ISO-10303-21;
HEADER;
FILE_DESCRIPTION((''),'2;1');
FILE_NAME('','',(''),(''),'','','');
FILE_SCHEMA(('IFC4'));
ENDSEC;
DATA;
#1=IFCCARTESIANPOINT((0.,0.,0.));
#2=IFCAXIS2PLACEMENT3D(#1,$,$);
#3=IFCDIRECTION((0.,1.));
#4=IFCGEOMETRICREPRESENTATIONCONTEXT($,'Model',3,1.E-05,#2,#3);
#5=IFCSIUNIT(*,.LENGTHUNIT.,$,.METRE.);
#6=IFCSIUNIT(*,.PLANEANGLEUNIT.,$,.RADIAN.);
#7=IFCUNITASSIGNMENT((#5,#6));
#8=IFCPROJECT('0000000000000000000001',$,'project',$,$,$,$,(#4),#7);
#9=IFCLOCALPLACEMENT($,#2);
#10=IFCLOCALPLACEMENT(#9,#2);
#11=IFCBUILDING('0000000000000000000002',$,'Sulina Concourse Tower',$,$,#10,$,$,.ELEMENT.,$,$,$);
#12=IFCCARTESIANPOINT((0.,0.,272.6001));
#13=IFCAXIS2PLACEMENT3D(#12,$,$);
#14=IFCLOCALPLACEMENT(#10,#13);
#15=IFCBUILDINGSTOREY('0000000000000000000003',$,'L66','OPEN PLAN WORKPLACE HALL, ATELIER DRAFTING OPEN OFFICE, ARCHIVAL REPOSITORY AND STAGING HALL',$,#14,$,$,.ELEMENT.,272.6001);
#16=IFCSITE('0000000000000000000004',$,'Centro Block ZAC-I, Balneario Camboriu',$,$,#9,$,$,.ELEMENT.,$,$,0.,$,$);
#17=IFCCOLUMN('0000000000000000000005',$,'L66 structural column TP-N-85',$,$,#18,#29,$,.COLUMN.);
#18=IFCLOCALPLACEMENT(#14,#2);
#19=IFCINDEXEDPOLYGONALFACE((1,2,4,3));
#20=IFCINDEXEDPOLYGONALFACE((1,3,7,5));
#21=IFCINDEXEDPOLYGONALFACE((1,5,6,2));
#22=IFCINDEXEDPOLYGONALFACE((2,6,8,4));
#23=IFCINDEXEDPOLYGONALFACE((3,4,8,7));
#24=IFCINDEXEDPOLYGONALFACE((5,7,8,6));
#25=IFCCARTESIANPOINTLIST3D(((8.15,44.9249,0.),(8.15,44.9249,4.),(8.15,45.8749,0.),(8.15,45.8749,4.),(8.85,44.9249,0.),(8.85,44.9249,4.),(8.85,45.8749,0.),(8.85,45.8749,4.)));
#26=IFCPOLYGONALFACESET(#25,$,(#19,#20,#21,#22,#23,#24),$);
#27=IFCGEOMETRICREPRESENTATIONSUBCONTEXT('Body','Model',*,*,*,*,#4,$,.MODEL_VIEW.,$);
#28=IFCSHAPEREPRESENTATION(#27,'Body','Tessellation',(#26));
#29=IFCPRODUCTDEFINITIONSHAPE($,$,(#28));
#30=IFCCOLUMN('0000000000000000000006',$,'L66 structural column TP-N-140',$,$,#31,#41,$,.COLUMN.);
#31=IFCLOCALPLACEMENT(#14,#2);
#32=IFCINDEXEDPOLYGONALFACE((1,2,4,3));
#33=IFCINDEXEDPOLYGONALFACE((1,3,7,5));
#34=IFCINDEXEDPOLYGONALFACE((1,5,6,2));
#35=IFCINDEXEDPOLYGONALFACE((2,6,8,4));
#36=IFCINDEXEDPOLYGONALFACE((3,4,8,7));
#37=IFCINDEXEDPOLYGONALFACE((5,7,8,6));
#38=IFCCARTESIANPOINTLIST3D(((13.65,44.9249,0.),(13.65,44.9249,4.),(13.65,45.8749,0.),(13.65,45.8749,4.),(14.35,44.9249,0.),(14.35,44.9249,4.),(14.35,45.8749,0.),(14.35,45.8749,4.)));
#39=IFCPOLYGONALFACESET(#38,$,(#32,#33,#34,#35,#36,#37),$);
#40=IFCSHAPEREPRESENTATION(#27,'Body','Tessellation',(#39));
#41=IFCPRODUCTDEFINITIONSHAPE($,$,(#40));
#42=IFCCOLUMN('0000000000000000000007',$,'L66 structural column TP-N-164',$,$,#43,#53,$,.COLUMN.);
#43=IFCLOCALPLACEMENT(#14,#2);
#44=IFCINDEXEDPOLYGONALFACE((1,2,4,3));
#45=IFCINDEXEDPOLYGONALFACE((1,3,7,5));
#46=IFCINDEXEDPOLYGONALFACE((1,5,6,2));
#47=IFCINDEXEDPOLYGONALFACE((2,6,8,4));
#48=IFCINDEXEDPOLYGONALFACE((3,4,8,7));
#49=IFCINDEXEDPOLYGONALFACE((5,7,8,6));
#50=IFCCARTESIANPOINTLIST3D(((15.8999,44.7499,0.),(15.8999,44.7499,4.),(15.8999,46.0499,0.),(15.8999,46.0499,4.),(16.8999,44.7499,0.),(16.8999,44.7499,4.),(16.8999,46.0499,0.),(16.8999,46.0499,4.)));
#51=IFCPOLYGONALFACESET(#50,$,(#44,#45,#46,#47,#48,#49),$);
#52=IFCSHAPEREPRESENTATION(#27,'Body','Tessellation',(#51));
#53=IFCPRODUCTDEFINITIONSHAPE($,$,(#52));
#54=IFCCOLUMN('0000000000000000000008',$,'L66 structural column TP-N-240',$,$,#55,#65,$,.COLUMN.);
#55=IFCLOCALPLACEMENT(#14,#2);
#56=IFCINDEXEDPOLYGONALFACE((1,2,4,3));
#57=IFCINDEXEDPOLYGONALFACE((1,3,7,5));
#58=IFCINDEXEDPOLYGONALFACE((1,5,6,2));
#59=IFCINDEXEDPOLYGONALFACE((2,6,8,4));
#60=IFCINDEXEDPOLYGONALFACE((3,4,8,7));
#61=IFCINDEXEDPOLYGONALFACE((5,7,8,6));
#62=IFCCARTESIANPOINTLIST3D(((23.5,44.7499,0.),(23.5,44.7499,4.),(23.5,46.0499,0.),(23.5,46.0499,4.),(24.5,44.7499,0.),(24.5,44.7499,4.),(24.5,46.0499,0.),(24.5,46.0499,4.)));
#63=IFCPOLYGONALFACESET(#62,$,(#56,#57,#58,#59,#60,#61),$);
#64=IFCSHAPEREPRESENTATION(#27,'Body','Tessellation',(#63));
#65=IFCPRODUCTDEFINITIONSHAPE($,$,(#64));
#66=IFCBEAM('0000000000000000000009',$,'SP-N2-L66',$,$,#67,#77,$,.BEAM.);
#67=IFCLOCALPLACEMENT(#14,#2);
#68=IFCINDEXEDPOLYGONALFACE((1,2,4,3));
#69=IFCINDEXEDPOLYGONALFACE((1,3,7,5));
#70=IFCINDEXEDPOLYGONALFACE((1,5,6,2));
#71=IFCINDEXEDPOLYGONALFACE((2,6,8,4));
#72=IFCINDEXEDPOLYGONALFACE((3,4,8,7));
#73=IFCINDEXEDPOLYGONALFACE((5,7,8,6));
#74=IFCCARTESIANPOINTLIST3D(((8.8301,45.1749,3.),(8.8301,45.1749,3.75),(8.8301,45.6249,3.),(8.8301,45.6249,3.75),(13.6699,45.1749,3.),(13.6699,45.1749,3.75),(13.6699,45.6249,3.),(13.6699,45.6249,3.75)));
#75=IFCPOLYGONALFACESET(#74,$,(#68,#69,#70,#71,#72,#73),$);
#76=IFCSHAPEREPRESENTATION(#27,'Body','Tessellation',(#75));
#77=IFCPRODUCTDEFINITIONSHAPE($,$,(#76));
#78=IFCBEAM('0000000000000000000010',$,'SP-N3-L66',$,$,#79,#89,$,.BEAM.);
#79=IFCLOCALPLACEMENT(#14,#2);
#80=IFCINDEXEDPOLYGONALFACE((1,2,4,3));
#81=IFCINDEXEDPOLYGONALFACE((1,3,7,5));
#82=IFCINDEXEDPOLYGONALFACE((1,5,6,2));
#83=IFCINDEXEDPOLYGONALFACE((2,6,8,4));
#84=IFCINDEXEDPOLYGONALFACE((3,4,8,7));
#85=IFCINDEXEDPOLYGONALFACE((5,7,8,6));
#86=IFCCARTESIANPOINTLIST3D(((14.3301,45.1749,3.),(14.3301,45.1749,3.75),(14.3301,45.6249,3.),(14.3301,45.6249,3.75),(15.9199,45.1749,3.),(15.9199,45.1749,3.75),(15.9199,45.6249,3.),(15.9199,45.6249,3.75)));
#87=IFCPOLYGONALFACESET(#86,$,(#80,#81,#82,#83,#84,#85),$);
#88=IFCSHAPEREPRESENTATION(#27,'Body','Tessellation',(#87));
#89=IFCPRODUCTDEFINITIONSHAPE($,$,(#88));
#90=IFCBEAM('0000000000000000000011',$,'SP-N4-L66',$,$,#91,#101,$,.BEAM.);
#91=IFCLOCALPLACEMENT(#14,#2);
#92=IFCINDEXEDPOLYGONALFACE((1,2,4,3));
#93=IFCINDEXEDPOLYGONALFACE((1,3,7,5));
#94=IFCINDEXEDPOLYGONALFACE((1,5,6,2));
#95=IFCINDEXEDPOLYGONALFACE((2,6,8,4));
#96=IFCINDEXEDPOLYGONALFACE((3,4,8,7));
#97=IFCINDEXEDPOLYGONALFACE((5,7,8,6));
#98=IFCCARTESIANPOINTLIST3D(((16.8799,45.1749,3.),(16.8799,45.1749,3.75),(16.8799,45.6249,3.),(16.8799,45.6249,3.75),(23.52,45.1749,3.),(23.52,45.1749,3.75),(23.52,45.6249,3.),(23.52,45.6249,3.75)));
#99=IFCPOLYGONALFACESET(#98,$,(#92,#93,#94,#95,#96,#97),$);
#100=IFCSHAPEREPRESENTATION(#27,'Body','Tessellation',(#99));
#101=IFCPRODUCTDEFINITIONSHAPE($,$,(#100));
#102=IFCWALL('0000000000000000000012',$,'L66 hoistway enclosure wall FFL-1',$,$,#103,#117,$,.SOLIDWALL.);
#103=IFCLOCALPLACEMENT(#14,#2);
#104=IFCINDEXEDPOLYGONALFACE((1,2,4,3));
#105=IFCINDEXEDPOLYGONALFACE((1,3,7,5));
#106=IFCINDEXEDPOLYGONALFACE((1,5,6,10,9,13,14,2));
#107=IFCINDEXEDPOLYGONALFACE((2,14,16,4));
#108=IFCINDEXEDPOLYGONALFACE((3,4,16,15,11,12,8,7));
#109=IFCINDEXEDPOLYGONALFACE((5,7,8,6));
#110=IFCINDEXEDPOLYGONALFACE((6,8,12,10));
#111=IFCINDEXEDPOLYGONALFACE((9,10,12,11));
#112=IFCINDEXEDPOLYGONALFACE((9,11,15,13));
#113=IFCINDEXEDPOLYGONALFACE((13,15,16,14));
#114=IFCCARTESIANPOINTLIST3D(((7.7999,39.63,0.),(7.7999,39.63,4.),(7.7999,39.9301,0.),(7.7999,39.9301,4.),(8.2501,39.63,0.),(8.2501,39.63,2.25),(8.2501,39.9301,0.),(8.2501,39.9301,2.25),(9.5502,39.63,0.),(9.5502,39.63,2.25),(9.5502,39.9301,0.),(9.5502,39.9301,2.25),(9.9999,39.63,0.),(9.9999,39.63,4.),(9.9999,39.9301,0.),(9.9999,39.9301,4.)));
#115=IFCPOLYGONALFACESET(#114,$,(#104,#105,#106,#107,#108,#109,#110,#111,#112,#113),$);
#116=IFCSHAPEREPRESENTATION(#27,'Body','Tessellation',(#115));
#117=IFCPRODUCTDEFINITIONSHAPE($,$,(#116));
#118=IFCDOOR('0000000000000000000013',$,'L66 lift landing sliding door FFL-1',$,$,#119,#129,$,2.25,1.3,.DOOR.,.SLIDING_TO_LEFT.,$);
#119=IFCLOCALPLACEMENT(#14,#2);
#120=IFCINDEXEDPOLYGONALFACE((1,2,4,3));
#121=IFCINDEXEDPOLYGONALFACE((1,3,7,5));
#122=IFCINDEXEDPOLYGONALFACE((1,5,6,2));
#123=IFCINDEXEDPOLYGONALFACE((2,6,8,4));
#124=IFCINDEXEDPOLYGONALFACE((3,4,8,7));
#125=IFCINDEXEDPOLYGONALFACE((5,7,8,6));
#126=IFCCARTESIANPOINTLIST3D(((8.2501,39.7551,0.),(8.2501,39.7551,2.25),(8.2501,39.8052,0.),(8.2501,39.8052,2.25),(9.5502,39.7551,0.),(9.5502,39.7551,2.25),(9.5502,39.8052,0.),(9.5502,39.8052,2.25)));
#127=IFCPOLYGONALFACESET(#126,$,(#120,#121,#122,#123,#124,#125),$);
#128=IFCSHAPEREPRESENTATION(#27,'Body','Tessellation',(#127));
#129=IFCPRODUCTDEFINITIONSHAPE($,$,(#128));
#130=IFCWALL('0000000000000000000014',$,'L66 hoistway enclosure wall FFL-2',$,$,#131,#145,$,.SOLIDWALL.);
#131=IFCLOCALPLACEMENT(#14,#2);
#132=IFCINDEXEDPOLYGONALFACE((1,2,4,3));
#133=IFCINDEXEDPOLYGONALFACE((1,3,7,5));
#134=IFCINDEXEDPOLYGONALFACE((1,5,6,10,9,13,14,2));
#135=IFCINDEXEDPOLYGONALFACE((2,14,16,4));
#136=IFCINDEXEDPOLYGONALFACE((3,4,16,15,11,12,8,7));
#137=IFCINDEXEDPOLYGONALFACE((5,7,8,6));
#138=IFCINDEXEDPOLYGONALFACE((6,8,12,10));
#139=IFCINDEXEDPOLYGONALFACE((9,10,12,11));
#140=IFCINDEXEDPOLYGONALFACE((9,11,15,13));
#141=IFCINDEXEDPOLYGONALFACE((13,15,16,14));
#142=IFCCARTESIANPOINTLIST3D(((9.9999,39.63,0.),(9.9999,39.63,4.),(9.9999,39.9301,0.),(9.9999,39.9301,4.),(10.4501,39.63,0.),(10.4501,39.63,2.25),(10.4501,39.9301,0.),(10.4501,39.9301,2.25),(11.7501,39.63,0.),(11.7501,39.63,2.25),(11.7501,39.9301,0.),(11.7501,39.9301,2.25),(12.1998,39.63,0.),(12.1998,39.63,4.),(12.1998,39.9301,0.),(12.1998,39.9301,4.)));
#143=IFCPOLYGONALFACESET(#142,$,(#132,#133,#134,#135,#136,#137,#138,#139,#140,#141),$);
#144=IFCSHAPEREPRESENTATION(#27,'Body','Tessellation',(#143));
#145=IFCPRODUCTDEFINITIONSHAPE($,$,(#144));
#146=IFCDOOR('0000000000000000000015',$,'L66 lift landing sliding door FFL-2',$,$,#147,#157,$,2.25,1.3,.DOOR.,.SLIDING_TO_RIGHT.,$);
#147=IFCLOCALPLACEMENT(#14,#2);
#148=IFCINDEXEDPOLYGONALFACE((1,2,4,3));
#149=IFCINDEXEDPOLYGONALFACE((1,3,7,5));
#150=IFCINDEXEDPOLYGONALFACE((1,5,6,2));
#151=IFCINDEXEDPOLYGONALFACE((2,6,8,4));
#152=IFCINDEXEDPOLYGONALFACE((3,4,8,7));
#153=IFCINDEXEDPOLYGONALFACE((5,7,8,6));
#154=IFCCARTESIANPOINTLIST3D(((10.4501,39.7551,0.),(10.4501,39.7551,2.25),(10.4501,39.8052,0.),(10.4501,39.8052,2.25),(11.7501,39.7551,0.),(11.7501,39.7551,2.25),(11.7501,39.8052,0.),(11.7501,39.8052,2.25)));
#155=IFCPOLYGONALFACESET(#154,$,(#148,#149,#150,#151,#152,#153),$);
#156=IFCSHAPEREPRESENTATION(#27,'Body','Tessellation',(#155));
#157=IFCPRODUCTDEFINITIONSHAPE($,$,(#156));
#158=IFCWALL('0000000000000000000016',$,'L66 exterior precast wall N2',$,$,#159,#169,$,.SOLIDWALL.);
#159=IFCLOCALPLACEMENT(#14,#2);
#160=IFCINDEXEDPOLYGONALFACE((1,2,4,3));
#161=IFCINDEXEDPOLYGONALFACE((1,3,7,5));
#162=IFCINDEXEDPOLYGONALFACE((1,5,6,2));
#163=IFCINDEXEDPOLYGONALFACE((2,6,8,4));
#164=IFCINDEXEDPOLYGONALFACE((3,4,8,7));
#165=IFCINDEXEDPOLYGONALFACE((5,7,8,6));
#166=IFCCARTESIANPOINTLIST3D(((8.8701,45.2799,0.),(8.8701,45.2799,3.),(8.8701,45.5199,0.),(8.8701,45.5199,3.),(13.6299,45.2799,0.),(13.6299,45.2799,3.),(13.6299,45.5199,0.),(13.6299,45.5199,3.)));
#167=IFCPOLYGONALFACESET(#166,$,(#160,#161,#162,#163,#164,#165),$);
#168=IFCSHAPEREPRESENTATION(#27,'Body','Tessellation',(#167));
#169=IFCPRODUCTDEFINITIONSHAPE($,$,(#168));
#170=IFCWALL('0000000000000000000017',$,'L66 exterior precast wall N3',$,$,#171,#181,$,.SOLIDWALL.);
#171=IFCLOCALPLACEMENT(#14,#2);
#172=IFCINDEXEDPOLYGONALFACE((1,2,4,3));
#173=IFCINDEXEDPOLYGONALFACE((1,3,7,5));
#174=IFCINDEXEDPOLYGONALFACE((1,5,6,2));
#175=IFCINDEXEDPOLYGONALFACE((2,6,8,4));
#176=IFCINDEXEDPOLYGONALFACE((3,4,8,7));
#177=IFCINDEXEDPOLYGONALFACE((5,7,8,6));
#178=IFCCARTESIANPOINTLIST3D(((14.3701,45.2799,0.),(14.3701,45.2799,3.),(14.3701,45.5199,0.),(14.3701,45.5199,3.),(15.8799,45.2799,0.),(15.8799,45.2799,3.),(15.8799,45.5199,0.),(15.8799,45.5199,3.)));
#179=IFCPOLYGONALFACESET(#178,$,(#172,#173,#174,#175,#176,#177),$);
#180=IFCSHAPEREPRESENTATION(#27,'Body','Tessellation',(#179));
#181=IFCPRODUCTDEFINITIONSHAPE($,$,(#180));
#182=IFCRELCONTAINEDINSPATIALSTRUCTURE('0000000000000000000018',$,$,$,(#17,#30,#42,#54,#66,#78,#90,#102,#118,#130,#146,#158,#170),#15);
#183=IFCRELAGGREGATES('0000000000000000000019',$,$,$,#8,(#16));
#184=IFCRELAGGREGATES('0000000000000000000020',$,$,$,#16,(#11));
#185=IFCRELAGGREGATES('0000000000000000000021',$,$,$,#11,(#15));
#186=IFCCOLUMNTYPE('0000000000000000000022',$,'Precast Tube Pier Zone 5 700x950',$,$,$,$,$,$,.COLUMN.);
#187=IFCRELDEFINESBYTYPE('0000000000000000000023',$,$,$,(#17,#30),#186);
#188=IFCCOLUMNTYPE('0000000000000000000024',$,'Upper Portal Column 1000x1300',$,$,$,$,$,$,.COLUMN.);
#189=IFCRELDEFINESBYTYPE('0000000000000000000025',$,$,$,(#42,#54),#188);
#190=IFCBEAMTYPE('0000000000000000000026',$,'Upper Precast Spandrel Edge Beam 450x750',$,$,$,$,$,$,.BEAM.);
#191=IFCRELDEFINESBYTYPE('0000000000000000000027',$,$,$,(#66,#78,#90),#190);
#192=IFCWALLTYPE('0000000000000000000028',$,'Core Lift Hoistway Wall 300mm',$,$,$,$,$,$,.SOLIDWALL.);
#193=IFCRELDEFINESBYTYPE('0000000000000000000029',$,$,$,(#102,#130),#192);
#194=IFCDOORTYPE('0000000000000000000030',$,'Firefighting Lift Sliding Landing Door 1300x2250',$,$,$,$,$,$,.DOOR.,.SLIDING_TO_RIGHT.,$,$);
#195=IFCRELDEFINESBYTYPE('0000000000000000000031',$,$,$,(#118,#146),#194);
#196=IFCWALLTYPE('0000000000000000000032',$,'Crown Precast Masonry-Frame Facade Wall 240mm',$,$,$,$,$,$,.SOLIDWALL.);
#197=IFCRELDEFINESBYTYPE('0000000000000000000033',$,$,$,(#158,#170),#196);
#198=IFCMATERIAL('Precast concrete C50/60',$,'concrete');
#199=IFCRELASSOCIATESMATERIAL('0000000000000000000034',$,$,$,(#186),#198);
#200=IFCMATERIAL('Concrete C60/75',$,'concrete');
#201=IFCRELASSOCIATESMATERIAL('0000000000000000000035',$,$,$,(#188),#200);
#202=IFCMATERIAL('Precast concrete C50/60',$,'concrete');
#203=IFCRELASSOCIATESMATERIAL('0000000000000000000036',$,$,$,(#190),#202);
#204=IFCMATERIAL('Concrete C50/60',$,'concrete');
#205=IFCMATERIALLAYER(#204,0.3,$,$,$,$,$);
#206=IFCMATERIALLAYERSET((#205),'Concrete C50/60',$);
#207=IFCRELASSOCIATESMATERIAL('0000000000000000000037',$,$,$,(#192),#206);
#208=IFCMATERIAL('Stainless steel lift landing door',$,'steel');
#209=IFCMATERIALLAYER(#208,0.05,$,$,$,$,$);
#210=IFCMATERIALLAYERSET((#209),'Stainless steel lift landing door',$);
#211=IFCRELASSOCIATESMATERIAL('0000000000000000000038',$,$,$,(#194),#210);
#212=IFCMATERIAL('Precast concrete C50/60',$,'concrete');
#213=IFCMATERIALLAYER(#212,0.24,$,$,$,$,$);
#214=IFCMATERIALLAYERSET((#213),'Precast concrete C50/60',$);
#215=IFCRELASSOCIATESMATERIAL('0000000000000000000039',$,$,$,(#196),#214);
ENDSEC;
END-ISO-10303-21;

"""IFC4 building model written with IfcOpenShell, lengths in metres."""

from ifc_helpers import new_model, si_unit, direction, frame, frame_2d, origin, origin_2d, place, context, subcontext, project, spatial, rectangle, extrude, material, layer, layer_set, material_profile, profile_set, type_object, element, fill, save


model = new_model("IFC4")

# Units and contexts
model_context = context("Model", 3, precision=1e-05, world=origin(), true_north=direction((0.0, 1.0)))
body_context = subcontext(model_context, "Body", "Model", "MODEL_VIEW")
ifc_project = project(units=[si_unit("LENGTHUNIT", "METRE"), si_unit("PLANEANGLEUNIT", "RADIAN")], contexts=[model_context])

# Site, building, storey
site_placement = place(None, origin())
site = spatial("IfcSite", under=ifc_project, at=site_placement, Name="Centro Block ZAC-I, Balneario Camboriu", CompositionType="ELEMENT", RefElevation=0.0)
building_placement = place(site_placement, origin())
building = spatial("IfcBuilding", under=site, at=building_placement, Name="Sulina Concourse Tower", CompositionType="ELEMENT")
storey_placement = place(building_placement, frame((0.0, 0.0, 272.6001)))
storey = spatial("IfcBuildingStorey", under=building, at=storey_placement, Name="L66", Description="OPEN PLAN WORKPLACE HALL, ATELIER DRAFTING OPEN OFFICE, ARCHIVAL REPOSITORY AND STAGING HALL", CompositionType="ELEMENT", Elevation=272.6001)

# Columns
ifc_material_1 = material(Name="Precast concrete C50/60", Category="concrete")
ifc_material_profile_1 = material_profile(ifc_material_1, rectangle(XDim=0.7, YDim=0.95, at=origin_2d()), Name="PC 700x950")
ifc_profile_set_1 = profile_set([ifc_material_profile_1], Name="Precast concrete C50/60")
column_type_1 = type_object("IfcColumnType", Name="Precast Tube Pier Zone 5 700x950", PredefinedType="COLUMN", material=ifc_profile_set_1)
for number, where, z_axis, x_axis, name in (
    (1, (8.5, 45.3999, 0.0), (0.0, 0.0, 1.0), (1.0, 0.0, 0.0), "L66 structural column TP-N-85"),
    (2, (14.0, 45.3999, 0.0), (0.0, 0.0, 1.0), (1.0, 0.0, 0.0), "L66 structural column TP-N-140"),
):
    element("IfcColumn", number, at=place(storey_placement, frame(where, z_axis=z_axis, x_axis=x_axis)), inside=storey, type_object=column_type_1, Name=name, PredefinedType="COLUMN", context=body_context, shape_type="SweptSolid", body=[
        extrude(rectangle(XDim=0.7, YDim=0.95, at=origin_2d()), origin(), (0.0, 0.0, 1.0), 4.0),
    ])
ifc_material_2 = material(Name="Concrete C60/75", Category="concrete")
ifc_material_profile_2 = material_profile(ifc_material_2, rectangle(XDim=1.0, YDim=1.3, at=origin_2d()), Name="RC 1000x1300")
ifc_profile_set_2 = profile_set([ifc_material_profile_2], Name="Concrete C60/75")
column_type_2 = type_object("IfcColumnType", Name="Upper Portal Column 1000x1300", PredefinedType="COLUMN", material=ifc_profile_set_2)
for number, where, z_axis, x_axis, name in (
    (3, (16.3999, 45.3999, 0.0), (0.0, 0.0, 1.0), (1.0, 0.0, 0.0), "L66 structural column TP-N-164"),
    (4, (24.0, 45.3999, 0.0), (0.0, 0.0, 1.0), (1.0, 0.0, 0.0), "L66 structural column TP-N-240"),
):
    element("IfcColumn", number, at=place(storey_placement, frame(where, z_axis=z_axis, x_axis=x_axis)), inside=storey, type_object=column_type_2, Name=name, PredefinedType="COLUMN", context=body_context, shape_type="SweptSolid", body=[
        extrude(rectangle(XDim=1.0, YDim=1.3, at=origin_2d()), origin(), (0.0, 0.0, 1.0), 4.0),
    ])

# Beams
ifc_material_3 = material(Name="Precast concrete C50/60", Category="concrete")
ifc_material_profile_3 = material_profile(ifc_material_3, rectangle(XDim=0.45, YDim=0.75, at=origin_2d()), Name="RC 450x750")
ifc_profile_set_3 = profile_set([ifc_material_profile_3], Name="Precast concrete C50/60")
beam_type = type_object("IfcBeamType", Name="Upper Precast Spandrel Edge Beam 450x750", PredefinedType="BEAM", material=ifc_profile_set_3)
beam_1_placement = place(storey_placement, frame((8.8301, 45.3999, 3.375), z_axis=(1.0, 0.0, 0.0), x_axis=(0.0, 1.0, 0.0)))
element("IfcBeam", 5, at=beam_1_placement, inside=storey, type_object=beam_type, Name="SP-N2-L66", PredefinedType="BEAM", context=body_context, shape_type="SweptSolid", body=[
    extrude(rectangle(XDim=0.45, YDim=0.75, at=origin_2d()), origin(), (0.0, 0.0, 1.0), 4.8398),
])
beam_2_placement = place(storey_placement, frame((14.3301, 45.3999, 3.375), z_axis=(1.0, 0.0, 0.0), x_axis=(0.0, 1.0, 0.0)))
element("IfcBeam", 6, at=beam_2_placement, inside=storey, type_object=beam_type, Name="SP-N3-L66", PredefinedType="BEAM", context=body_context, shape_type="SweptSolid", body=[
    extrude(rectangle(XDim=0.45, YDim=0.75, at=origin_2d()), origin(), (0.0, 0.0, 1.0), 1.5898),
])
beam_3_placement = place(storey_placement, frame((16.8799, 45.3999, 3.375), z_axis=(1.0, 0.0, 0.0), x_axis=(0.0, 1.0, 0.0)))
element("IfcBeam", 7, at=beam_3_placement, inside=storey, type_object=beam_type, Name="SP-N4-L66", PredefinedType="BEAM", context=body_context, shape_type="SweptSolid", body=[
    extrude(rectangle(XDim=0.45, YDim=0.75, at=origin_2d()), origin(), (0.0, 0.0, 1.0), 6.6401),
])

# Walls, openings, doors
ifc_material_4 = material(Name="Concrete C50/60", Category="concrete")
ifc_layer_1 = layer(ifc_material_4, 0.3)
ifc_layer_set_1 = layer_set([ifc_layer_1], Name="Concrete C50/60")
wall_type_1 = type_object("IfcWallType", Name="Core Lift Hoistway Wall 300mm", PredefinedType="SOLIDWALL", material=ifc_layer_set_1)
wall_1_placement = place(storey_placement, frame((10.0, 39.78, 0.0), z_axis=(0.0, 0.0, 1.0), x_axis=(-1.0, 0.0, 0.0)))
wall_1 = element("IfcWall", 8, at=wall_1_placement, inside=storey, type_object=wall_type_1, Name="L66 hoistway enclosure wall FFL-1", PredefinedType="SOLIDWALL", context=body_context, shape_type="SweptSolid", body=[
    extrude(rectangle(XDim=2.2, YDim=0.3, at=frame_2d((1.1001, 0.0))), origin(), (0.0, 0.0, 1.0), 4.0),
])
opening_1_placement = place(wall_1_placement, frame((0.45, 0.0, 0.0)))
opening_1 = element("IfcOpeningElement", 9, at=opening_1_placement, cuts=wall_1, PredefinedType="OPENING", context=body_context, shape_type="SweptSolid", body=[
    extrude(rectangle(XDim=1.3, YDim=2.25, at=frame_2d((0.6499, 1.125))), frame((0.0, 0.1599, 0.0), z_axis=(0.0, -1.0, 0.0), x_axis=(1.0, 0.0, 0.0)), (0.0, 0.0, 1.0), 0.3201),
])
ifc_material_5 = material(Name="Stainless steel lift landing door", Category="steel")
ifc_layer_2 = layer(ifc_material_5, 0.05)
ifc_layer_set_2 = layer_set([ifc_layer_2], Name="Stainless steel lift landing door")
door_type = type_object("IfcDoorType", Name="Firefighting Lift Sliding Landing Door 1300x2250", OperationType="SLIDING_TO_RIGHT", PredefinedType="DOOR", material=ifc_layer_set_2)
door_1_placement = place(opening_1_placement, origin())
door_1 = element("IfcDoor", 10, at=door_1_placement, inside=storey, type_object=door_type, Name="L66 lift landing sliding door FFL-1", OperationType="SLIDING_TO_LEFT", OverallHeight=2.25, OverallWidth=1.3, PredefinedType="DOOR", context=body_context, shape_type="SweptSolid", body=[
    extrude(rectangle(XDim=1.3, YDim=2.25, at=frame_2d((0.6499, 1.125))), frame((0.0, 0.0249, 0.0), z_axis=(0.0, -1.0, 0.0), x_axis=(1.0, 0.0, 0.0)), (0.0, 0.0, 1.0), 0.05),
])
fill(opening_1, door_1)
wall_2_placement = place(storey_placement, frame((12.2, 39.78, 0.0), z_axis=(0.0, 0.0, 1.0), x_axis=(-1.0, 0.0, 0.0)))
wall_2 = element("IfcWall", 11, at=wall_2_placement, inside=storey, type_object=wall_type_1, Name="L66 hoistway enclosure wall FFL-2", PredefinedType="SOLIDWALL", context=body_context, shape_type="SweptSolid", body=[
    extrude(rectangle(XDim=2.2, YDim=0.3, at=frame_2d((1.1001, 0.0))), origin(), (0.0, 0.0, 1.0), 4.0),
])
opening_2_placement = place(wall_2_placement, frame((0.45, 0.0, 0.0)))
opening_2 = element("IfcOpeningElement", 12, at=opening_2_placement, cuts=wall_2, PredefinedType="OPENING", context=body_context, shape_type="SweptSolid", body=[
    extrude(rectangle(XDim=1.3, YDim=2.25, at=frame_2d((0.6499, 1.125))), frame((0.0, 0.1599, 0.0), z_axis=(0.0, -1.0, 0.0), x_axis=(1.0, 0.0, 0.0)), (0.0, 0.0, 1.0), 0.3201),
])
door_2_placement = place(opening_2_placement, origin())
door_2 = element("IfcDoor", 13, at=door_2_placement, inside=storey, type_object=door_type, Name="L66 lift landing sliding door FFL-2", OperationType="SLIDING_TO_RIGHT", OverallHeight=2.25, OverallWidth=1.3, PredefinedType="DOOR", context=body_context, shape_type="SweptSolid", body=[
    extrude(rectangle(XDim=1.3, YDim=2.25, at=frame_2d((0.6499, 1.125))), frame((0.0, 0.0249, 0.0), z_axis=(0.0, -1.0, 0.0), x_axis=(1.0, 0.0, 0.0)), (0.0, 0.0, 1.0), 0.05),
])
fill(opening_2, door_2)

# Walls
ifc_material_6 = material(Name="Precast concrete C50/60", Category="concrete")
ifc_layer_3 = layer(ifc_material_6, 0.24)
ifc_layer_set_3 = layer_set([ifc_layer_3], Name="Precast concrete C50/60")
wall_type_2 = type_object("IfcWallType", Name="Crown Precast Masonry-Frame Facade Wall 240mm", PredefinedType="SOLIDWALL", material=ifc_layer_set_3)
wall_3_placement = place(storey_placement, frame((8.8701, 45.3999, 0.0), z_axis=(0.0, 0.0, 1.0), x_axis=(1.0, 0.0, 0.0)))
element("IfcWall", 14, at=wall_3_placement, inside=storey, type_object=wall_type_2, Name="L66 exterior precast wall N2", PredefinedType="SOLIDWALL", context=body_context, shape_type="SweptSolid", body=[
    extrude(rectangle(XDim=4.7598, YDim=0.24, at=frame_2d((2.3799, 0.0))), origin(), (0.0, 0.0, 1.0), 3.0),
])
wall_4_placement = place(storey_placement, frame((14.3701, 45.3999, 0.0), z_axis=(0.0, 0.0, 1.0), x_axis=(1.0, 0.0, 0.0)))
element("IfcWall", 15, at=wall_4_placement, inside=storey, type_object=wall_type_2, Name="L66 exterior precast wall N3", PredefinedType="SOLIDWALL", context=body_context, shape_type="SweptSolid", body=[
    extrude(rectangle(XDim=1.5098, YDim=0.24, at=frame_2d((0.7549, 0.0))), origin(), (0.0, 0.0, 1.0), 3.0),
])

save(model, "model.ifc")
